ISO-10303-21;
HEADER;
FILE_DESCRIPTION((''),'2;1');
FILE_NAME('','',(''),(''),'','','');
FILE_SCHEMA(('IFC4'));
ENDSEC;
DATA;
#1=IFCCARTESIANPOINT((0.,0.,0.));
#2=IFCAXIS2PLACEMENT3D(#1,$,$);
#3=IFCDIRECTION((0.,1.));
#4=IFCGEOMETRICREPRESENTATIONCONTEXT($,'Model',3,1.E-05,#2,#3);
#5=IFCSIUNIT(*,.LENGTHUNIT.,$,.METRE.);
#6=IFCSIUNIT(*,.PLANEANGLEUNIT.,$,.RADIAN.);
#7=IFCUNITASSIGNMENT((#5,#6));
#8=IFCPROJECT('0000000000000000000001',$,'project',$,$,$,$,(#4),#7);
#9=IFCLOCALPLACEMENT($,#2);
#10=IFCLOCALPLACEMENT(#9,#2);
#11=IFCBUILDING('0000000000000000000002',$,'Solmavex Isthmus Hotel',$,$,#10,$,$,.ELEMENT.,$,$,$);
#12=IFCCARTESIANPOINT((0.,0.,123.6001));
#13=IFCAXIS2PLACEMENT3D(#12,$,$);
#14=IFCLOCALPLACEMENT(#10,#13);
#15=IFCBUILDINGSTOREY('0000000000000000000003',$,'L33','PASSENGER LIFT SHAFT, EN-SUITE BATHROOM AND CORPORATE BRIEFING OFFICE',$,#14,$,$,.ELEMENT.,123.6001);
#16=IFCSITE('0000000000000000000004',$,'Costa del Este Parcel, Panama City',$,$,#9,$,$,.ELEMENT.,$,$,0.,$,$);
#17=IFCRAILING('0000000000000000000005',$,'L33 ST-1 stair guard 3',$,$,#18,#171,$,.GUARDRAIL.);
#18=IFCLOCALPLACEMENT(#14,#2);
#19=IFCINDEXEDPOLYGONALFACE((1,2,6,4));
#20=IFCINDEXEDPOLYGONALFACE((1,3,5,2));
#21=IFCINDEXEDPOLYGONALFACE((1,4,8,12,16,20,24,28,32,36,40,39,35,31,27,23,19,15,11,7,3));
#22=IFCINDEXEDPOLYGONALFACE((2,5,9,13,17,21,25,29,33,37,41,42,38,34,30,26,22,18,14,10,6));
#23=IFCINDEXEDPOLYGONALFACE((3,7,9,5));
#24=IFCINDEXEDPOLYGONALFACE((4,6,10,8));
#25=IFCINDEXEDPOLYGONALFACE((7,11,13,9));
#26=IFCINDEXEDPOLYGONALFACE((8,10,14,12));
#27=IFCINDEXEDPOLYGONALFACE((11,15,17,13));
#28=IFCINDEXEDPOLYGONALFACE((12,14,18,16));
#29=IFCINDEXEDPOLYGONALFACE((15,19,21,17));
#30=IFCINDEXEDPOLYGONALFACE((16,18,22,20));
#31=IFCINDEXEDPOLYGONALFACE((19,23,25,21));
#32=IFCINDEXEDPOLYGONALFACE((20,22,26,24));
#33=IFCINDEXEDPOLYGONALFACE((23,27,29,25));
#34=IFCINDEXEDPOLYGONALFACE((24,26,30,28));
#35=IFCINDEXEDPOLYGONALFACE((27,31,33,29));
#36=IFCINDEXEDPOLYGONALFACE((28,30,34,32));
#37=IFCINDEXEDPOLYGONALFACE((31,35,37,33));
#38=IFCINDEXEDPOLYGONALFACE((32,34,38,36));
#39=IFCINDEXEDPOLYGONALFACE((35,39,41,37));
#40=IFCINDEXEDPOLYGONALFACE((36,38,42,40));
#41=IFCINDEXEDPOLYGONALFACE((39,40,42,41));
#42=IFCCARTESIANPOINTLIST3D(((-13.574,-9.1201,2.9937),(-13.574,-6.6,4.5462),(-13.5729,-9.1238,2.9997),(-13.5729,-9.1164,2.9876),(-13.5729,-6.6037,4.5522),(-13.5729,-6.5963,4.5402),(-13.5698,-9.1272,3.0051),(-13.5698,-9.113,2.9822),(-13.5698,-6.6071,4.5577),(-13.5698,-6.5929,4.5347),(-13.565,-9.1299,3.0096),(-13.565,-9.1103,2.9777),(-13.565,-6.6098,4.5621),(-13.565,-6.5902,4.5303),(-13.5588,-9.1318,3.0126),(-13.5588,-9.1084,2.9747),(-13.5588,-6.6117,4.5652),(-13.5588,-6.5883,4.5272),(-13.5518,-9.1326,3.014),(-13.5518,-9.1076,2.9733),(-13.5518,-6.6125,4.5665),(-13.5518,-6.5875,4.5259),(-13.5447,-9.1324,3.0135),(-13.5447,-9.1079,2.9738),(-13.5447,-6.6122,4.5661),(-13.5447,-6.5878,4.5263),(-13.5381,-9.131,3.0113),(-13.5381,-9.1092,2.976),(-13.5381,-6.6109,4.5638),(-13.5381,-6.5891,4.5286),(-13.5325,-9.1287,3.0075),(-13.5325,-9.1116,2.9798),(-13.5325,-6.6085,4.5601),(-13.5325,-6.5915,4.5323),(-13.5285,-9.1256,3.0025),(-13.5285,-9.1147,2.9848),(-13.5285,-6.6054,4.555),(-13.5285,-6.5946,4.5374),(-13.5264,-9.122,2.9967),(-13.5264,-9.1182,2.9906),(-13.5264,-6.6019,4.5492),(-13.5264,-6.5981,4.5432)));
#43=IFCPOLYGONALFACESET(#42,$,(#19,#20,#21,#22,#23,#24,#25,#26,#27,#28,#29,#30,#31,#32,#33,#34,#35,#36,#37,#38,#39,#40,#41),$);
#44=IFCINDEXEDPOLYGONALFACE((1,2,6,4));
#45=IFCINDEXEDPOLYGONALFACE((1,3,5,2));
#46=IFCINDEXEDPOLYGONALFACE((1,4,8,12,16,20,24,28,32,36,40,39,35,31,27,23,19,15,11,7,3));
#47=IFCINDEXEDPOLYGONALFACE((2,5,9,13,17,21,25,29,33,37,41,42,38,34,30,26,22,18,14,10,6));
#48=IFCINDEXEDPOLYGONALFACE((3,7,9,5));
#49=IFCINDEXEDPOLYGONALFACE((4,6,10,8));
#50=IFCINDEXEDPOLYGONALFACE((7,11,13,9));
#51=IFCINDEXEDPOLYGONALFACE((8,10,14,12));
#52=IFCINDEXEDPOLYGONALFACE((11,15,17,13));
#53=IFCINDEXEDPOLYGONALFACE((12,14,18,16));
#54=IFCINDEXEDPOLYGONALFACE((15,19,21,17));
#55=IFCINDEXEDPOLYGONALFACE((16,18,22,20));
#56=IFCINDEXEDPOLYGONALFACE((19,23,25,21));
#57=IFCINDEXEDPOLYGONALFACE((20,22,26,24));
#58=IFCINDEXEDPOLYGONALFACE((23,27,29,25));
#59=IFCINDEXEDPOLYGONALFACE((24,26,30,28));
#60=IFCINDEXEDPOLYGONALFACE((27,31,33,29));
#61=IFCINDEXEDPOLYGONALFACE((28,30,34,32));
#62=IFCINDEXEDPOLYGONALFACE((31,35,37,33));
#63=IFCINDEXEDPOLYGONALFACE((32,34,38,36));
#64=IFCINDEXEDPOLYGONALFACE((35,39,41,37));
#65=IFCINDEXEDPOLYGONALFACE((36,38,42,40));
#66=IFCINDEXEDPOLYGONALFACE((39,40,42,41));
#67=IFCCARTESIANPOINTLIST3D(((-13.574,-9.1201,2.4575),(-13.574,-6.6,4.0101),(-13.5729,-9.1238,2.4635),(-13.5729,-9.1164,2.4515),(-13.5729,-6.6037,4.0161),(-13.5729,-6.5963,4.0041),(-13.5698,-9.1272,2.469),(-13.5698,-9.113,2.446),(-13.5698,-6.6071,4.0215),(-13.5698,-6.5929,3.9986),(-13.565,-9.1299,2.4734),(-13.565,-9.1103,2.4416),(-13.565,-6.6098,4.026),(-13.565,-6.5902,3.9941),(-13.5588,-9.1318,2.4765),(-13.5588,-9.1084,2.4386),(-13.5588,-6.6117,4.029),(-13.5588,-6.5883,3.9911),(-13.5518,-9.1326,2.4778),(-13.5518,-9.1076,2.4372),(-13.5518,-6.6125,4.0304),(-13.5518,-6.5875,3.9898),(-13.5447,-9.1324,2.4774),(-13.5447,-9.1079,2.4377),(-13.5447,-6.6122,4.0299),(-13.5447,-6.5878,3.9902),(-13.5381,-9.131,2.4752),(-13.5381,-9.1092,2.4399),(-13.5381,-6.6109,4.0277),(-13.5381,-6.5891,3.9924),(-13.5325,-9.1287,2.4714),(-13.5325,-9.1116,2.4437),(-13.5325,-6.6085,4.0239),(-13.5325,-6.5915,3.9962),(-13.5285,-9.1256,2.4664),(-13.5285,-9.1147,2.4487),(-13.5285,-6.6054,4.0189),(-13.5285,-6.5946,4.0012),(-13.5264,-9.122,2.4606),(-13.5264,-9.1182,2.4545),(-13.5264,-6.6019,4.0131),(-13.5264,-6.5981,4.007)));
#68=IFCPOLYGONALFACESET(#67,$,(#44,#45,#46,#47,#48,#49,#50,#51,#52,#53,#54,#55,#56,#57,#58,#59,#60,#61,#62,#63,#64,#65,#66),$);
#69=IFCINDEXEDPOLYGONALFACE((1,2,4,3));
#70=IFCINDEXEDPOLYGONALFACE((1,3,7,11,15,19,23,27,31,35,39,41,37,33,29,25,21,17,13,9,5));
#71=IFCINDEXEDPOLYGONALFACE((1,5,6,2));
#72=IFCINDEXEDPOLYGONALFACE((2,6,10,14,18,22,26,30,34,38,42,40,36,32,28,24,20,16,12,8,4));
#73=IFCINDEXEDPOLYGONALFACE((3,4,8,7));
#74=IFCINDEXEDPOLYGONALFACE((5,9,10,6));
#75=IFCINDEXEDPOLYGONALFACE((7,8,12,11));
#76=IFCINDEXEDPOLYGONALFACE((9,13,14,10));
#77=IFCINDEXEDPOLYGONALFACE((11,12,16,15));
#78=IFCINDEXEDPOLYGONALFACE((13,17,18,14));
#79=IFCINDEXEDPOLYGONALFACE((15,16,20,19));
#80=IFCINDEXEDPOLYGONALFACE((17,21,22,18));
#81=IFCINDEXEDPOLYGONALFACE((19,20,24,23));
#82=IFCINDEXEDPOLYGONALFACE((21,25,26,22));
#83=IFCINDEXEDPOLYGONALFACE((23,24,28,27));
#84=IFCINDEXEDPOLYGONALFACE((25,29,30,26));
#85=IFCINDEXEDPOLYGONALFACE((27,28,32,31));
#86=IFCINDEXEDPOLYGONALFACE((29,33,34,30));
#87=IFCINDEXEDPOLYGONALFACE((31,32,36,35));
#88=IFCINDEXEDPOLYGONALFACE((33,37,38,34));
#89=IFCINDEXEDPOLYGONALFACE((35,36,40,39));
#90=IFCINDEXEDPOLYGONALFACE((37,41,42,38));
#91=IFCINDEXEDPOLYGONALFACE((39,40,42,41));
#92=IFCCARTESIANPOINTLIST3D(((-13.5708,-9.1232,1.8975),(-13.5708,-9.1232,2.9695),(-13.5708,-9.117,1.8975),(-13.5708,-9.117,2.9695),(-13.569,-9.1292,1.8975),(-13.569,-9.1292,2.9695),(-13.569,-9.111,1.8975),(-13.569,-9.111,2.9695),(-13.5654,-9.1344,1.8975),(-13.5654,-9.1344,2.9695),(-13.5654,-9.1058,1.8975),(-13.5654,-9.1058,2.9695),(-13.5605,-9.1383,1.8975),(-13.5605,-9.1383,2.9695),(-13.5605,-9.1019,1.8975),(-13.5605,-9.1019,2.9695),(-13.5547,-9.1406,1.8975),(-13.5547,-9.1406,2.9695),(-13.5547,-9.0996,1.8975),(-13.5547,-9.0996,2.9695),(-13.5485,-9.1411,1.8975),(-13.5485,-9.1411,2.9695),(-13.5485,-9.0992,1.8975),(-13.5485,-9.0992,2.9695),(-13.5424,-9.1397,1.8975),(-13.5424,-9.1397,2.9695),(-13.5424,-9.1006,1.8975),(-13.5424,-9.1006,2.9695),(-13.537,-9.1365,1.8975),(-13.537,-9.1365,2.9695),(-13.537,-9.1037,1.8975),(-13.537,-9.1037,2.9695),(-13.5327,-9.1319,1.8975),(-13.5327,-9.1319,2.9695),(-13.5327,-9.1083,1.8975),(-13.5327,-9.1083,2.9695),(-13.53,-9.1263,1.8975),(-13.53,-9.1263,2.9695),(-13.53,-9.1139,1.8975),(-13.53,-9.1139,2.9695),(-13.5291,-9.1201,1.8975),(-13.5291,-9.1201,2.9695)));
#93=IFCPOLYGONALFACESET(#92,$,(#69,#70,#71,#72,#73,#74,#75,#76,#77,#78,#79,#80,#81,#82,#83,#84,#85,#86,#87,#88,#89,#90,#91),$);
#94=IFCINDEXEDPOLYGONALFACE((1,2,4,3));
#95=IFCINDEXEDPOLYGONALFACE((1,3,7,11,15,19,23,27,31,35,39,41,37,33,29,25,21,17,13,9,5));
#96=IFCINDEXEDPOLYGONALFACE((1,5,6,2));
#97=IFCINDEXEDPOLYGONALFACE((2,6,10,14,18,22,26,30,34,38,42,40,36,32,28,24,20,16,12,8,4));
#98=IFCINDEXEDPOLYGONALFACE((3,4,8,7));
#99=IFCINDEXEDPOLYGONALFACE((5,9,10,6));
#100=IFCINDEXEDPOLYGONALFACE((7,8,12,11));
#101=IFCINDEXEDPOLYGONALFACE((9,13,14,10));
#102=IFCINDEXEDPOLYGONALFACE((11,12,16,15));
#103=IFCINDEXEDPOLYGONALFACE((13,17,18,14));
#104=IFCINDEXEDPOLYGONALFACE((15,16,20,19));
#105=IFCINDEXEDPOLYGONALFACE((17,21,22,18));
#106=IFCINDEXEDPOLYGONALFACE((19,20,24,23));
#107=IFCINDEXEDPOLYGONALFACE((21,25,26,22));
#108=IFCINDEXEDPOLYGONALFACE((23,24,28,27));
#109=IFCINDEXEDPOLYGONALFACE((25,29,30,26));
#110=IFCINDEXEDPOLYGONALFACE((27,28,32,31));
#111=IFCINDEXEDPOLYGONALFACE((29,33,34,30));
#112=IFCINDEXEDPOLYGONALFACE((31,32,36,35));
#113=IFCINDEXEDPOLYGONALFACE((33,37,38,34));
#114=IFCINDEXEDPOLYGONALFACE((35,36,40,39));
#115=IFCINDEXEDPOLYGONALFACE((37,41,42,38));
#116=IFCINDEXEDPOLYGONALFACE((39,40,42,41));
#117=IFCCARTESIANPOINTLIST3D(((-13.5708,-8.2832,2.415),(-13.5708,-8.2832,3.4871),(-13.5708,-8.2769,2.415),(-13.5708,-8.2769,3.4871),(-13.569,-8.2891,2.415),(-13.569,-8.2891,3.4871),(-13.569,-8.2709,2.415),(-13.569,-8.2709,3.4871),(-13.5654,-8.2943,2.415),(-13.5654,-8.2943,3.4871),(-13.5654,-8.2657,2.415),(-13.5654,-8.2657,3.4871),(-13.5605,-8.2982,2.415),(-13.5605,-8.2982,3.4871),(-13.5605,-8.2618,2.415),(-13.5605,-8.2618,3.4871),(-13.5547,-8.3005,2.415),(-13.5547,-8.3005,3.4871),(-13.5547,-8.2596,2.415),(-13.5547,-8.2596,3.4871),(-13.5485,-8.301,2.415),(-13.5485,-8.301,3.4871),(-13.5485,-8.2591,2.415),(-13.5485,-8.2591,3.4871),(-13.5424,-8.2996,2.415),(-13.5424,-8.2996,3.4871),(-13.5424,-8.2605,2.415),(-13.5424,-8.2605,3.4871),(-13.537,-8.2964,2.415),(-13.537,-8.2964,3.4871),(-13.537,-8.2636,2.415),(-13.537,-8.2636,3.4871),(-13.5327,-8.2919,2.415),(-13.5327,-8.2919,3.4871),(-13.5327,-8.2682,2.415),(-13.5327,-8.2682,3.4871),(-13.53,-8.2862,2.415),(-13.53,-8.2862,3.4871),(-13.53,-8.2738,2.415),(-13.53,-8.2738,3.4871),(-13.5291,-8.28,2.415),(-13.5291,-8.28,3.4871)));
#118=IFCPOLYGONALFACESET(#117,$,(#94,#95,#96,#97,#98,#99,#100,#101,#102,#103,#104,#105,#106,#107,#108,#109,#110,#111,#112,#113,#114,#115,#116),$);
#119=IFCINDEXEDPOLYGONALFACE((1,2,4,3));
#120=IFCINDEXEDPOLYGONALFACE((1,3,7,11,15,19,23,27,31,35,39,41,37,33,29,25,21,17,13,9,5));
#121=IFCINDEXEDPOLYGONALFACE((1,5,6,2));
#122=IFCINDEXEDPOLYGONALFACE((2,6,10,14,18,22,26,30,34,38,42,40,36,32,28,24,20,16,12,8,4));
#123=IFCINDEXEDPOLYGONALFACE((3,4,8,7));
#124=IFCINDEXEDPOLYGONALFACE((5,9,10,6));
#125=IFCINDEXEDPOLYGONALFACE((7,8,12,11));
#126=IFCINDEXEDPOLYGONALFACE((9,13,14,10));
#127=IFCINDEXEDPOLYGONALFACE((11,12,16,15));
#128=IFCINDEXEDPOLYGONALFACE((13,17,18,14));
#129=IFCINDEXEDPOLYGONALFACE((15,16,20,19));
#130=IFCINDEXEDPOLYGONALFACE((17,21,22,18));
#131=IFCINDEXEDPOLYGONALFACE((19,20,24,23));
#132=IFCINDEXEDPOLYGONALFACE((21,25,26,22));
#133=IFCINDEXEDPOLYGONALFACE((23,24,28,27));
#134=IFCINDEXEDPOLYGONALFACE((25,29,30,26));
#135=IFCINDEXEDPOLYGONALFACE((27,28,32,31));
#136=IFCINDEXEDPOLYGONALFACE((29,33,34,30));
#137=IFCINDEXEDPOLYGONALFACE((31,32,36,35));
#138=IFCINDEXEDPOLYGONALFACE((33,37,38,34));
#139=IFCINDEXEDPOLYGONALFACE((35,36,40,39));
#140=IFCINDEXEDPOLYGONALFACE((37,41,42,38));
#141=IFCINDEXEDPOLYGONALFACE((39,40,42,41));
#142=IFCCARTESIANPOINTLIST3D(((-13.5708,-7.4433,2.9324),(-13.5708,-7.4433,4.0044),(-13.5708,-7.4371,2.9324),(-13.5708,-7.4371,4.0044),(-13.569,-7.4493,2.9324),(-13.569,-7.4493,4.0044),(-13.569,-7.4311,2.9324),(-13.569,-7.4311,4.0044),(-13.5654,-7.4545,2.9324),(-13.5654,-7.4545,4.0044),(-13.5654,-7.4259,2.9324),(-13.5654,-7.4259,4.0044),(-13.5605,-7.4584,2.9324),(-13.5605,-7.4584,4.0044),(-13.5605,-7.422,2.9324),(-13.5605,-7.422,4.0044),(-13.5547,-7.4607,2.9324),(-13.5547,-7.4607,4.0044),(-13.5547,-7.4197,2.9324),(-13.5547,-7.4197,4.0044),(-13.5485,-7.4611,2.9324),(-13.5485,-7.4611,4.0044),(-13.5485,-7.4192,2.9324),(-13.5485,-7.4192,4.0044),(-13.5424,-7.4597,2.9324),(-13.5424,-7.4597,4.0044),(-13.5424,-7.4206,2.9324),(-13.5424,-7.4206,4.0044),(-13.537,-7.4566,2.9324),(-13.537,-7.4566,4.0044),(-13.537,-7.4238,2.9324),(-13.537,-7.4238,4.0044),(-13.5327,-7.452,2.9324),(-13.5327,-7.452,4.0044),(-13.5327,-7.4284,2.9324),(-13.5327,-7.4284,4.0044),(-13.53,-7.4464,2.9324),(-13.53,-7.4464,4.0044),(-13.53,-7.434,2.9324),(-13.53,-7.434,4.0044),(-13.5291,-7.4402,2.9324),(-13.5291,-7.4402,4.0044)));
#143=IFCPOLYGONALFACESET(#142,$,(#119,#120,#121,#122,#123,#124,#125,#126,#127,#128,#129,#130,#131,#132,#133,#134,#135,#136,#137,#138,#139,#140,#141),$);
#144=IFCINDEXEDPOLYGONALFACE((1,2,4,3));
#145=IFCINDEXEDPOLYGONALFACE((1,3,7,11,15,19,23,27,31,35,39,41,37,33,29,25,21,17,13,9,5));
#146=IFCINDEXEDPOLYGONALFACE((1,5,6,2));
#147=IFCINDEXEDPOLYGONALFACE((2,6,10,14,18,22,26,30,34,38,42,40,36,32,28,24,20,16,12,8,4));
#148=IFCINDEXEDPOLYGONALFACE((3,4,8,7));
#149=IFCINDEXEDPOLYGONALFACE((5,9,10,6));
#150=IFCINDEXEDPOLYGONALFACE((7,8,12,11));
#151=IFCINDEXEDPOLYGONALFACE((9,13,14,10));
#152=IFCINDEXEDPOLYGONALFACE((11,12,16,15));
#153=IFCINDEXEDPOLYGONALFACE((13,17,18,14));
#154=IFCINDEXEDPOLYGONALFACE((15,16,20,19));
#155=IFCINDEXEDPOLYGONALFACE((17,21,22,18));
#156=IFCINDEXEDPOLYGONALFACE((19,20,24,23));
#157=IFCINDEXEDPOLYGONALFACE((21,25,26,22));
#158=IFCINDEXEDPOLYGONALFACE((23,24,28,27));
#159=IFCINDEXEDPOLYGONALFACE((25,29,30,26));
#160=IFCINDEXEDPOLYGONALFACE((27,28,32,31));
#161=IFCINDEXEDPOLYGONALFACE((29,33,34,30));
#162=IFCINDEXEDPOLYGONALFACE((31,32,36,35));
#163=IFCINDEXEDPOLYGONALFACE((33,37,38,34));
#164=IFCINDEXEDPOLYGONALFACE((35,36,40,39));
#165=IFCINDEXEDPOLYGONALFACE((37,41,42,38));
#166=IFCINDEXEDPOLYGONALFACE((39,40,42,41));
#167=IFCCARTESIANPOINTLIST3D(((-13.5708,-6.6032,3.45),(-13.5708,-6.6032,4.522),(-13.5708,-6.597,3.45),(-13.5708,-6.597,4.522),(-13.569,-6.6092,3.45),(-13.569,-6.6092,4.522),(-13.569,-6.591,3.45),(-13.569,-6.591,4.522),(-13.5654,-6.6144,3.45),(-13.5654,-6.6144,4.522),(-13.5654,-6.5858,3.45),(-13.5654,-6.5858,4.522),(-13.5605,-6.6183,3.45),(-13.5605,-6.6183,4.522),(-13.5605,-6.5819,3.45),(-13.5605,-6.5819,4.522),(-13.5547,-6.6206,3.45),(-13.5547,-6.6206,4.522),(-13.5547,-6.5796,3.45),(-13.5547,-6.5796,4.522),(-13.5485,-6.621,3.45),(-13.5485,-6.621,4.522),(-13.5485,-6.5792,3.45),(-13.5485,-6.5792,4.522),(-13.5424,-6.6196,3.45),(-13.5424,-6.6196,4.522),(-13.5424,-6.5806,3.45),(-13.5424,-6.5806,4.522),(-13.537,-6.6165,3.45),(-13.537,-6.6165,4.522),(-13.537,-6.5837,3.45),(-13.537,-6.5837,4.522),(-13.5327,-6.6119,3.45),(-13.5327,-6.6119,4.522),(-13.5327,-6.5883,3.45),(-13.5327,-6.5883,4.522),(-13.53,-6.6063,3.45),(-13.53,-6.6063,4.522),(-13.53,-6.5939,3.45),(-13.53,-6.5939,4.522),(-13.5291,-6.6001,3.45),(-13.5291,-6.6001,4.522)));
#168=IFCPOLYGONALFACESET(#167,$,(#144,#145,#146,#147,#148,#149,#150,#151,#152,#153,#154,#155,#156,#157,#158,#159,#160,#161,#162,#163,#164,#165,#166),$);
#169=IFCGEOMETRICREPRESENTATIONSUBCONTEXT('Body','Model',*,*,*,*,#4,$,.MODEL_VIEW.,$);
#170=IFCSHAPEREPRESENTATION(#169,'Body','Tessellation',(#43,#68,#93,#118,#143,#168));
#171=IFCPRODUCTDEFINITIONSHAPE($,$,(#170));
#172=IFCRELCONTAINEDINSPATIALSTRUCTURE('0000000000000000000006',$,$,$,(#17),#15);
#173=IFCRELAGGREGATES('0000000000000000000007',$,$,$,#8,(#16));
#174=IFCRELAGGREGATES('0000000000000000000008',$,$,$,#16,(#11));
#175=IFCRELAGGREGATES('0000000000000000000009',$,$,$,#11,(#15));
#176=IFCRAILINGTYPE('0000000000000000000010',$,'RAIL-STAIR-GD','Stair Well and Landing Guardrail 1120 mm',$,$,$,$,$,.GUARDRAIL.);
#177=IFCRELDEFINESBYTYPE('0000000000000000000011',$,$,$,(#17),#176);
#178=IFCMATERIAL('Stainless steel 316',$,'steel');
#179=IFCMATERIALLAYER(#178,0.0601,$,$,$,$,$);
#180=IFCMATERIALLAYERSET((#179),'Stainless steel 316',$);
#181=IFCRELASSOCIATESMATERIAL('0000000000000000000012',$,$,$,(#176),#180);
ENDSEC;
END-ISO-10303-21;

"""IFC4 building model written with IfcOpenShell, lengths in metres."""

from ifc_helpers import new_model, si_unit, direction, frame, origin, origin_2d, place, context, subcontext, project, spatial, circle, extrude, material, layer, layer_set, type_object, element, save


model = new_model("IFC4")

# Units and contexts
model_context = context("Model", 3, precision=1e-05, world=origin(), true_north=direction((0.0, 1.0)))
body_context = subcontext(model_context, "Body", "Model", "MODEL_VIEW")
ifc_project = project(units=[si_unit("LENGTHUNIT", "METRE"), si_unit("PLANEANGLEUNIT", "RADIAN")], contexts=[model_context])

# Site, building, storey
site_placement = place(None, origin())
site = spatial("IfcSite", under=ifc_project, at=site_placement, Name="Costa del Este Parcel, Panama City", CompositionType="ELEMENT", RefElevation=0.0)
building_placement = place(site_placement, origin())
building = spatial("IfcBuilding", under=site, at=building_placement, Name="Solmavex Isthmus Hotel", CompositionType="ELEMENT")
storey_placement = place(building_placement, frame((0.0, 0.0, 123.6001)))
storey = spatial("IfcBuildingStorey", under=building, at=storey_placement, Name="L33", Description="PASSENGER LIFT SHAFT, EN-SUITE BATHROOM AND CORPORATE BRIEFING OFFICE", CompositionType="ELEMENT", Elevation=123.6001)

# Shared definitions
ifc_material_1 = material(Name="Stainless steel 316", Category="steel")

# Railing
ifc_layer_1 = layer(ifc_material_1, 0.0601)
ifc_layer_set_1 = layer_set([ifc_layer_1], Name="Stainless steel 316")
railing_type_1 = type_object("IfcRailingType", Name="RAIL-STAIR-GD", Description="Stair Well and Landing Guardrail 1120 mm", PredefinedType="GUARDRAIL", material=ifc_layer_set_1)
railing_1_placement = place(storey_placement, frame((-13.55, -9.1201, 1.8975)))
element("IfcRailing", 1, at=railing_1_placement, inside=storey, type_object=railing_type_1, Name="L33 ST-1 stair guard 3", PredefinedType="GUARDRAIL", context=body_context, shape_type="SweptSolid", body=[
    extrude(circle(Radius=0.0239, at=origin_2d()), frame((0.0, 0.0, 1.0962), z_axis=(0.0, 0.8514, 0.524516), x_axis=(-1.0, 0.0, 0.0)), (0.0, 0.0, 1.0), 2.96),
    extrude(circle(Radius=0.0239, at=origin_2d()), frame((0.0, 0.0, 0.5601), z_axis=(0.0, 0.8514, 0.524516), x_axis=(-1.0, 0.0, 0.0)), (0.0, 0.0, 1.0), 2.96),
    extrude(circle(Radius=0.021, at=origin_2d()), origin(), (0.0, 0.0, 1.0), 1.072),
    extrude(circle(Radius=0.021, at=origin_2d()), frame((0.0, 0.8401, 0.5176)), (0.0, 0.0, 1.0), 1.072),
    extrude(circle(Radius=0.021, at=origin_2d()), frame((0.0, 1.6799, 1.0349)), (0.0, 0.0, 1.0), 1.072),
    extrude(circle(Radius=0.021, at=origin_2d()), frame((0.0, 2.52, 1.5525)), (0.0, 0.0, 1.0), 1.072),
])

save(model, "model.ifc")
